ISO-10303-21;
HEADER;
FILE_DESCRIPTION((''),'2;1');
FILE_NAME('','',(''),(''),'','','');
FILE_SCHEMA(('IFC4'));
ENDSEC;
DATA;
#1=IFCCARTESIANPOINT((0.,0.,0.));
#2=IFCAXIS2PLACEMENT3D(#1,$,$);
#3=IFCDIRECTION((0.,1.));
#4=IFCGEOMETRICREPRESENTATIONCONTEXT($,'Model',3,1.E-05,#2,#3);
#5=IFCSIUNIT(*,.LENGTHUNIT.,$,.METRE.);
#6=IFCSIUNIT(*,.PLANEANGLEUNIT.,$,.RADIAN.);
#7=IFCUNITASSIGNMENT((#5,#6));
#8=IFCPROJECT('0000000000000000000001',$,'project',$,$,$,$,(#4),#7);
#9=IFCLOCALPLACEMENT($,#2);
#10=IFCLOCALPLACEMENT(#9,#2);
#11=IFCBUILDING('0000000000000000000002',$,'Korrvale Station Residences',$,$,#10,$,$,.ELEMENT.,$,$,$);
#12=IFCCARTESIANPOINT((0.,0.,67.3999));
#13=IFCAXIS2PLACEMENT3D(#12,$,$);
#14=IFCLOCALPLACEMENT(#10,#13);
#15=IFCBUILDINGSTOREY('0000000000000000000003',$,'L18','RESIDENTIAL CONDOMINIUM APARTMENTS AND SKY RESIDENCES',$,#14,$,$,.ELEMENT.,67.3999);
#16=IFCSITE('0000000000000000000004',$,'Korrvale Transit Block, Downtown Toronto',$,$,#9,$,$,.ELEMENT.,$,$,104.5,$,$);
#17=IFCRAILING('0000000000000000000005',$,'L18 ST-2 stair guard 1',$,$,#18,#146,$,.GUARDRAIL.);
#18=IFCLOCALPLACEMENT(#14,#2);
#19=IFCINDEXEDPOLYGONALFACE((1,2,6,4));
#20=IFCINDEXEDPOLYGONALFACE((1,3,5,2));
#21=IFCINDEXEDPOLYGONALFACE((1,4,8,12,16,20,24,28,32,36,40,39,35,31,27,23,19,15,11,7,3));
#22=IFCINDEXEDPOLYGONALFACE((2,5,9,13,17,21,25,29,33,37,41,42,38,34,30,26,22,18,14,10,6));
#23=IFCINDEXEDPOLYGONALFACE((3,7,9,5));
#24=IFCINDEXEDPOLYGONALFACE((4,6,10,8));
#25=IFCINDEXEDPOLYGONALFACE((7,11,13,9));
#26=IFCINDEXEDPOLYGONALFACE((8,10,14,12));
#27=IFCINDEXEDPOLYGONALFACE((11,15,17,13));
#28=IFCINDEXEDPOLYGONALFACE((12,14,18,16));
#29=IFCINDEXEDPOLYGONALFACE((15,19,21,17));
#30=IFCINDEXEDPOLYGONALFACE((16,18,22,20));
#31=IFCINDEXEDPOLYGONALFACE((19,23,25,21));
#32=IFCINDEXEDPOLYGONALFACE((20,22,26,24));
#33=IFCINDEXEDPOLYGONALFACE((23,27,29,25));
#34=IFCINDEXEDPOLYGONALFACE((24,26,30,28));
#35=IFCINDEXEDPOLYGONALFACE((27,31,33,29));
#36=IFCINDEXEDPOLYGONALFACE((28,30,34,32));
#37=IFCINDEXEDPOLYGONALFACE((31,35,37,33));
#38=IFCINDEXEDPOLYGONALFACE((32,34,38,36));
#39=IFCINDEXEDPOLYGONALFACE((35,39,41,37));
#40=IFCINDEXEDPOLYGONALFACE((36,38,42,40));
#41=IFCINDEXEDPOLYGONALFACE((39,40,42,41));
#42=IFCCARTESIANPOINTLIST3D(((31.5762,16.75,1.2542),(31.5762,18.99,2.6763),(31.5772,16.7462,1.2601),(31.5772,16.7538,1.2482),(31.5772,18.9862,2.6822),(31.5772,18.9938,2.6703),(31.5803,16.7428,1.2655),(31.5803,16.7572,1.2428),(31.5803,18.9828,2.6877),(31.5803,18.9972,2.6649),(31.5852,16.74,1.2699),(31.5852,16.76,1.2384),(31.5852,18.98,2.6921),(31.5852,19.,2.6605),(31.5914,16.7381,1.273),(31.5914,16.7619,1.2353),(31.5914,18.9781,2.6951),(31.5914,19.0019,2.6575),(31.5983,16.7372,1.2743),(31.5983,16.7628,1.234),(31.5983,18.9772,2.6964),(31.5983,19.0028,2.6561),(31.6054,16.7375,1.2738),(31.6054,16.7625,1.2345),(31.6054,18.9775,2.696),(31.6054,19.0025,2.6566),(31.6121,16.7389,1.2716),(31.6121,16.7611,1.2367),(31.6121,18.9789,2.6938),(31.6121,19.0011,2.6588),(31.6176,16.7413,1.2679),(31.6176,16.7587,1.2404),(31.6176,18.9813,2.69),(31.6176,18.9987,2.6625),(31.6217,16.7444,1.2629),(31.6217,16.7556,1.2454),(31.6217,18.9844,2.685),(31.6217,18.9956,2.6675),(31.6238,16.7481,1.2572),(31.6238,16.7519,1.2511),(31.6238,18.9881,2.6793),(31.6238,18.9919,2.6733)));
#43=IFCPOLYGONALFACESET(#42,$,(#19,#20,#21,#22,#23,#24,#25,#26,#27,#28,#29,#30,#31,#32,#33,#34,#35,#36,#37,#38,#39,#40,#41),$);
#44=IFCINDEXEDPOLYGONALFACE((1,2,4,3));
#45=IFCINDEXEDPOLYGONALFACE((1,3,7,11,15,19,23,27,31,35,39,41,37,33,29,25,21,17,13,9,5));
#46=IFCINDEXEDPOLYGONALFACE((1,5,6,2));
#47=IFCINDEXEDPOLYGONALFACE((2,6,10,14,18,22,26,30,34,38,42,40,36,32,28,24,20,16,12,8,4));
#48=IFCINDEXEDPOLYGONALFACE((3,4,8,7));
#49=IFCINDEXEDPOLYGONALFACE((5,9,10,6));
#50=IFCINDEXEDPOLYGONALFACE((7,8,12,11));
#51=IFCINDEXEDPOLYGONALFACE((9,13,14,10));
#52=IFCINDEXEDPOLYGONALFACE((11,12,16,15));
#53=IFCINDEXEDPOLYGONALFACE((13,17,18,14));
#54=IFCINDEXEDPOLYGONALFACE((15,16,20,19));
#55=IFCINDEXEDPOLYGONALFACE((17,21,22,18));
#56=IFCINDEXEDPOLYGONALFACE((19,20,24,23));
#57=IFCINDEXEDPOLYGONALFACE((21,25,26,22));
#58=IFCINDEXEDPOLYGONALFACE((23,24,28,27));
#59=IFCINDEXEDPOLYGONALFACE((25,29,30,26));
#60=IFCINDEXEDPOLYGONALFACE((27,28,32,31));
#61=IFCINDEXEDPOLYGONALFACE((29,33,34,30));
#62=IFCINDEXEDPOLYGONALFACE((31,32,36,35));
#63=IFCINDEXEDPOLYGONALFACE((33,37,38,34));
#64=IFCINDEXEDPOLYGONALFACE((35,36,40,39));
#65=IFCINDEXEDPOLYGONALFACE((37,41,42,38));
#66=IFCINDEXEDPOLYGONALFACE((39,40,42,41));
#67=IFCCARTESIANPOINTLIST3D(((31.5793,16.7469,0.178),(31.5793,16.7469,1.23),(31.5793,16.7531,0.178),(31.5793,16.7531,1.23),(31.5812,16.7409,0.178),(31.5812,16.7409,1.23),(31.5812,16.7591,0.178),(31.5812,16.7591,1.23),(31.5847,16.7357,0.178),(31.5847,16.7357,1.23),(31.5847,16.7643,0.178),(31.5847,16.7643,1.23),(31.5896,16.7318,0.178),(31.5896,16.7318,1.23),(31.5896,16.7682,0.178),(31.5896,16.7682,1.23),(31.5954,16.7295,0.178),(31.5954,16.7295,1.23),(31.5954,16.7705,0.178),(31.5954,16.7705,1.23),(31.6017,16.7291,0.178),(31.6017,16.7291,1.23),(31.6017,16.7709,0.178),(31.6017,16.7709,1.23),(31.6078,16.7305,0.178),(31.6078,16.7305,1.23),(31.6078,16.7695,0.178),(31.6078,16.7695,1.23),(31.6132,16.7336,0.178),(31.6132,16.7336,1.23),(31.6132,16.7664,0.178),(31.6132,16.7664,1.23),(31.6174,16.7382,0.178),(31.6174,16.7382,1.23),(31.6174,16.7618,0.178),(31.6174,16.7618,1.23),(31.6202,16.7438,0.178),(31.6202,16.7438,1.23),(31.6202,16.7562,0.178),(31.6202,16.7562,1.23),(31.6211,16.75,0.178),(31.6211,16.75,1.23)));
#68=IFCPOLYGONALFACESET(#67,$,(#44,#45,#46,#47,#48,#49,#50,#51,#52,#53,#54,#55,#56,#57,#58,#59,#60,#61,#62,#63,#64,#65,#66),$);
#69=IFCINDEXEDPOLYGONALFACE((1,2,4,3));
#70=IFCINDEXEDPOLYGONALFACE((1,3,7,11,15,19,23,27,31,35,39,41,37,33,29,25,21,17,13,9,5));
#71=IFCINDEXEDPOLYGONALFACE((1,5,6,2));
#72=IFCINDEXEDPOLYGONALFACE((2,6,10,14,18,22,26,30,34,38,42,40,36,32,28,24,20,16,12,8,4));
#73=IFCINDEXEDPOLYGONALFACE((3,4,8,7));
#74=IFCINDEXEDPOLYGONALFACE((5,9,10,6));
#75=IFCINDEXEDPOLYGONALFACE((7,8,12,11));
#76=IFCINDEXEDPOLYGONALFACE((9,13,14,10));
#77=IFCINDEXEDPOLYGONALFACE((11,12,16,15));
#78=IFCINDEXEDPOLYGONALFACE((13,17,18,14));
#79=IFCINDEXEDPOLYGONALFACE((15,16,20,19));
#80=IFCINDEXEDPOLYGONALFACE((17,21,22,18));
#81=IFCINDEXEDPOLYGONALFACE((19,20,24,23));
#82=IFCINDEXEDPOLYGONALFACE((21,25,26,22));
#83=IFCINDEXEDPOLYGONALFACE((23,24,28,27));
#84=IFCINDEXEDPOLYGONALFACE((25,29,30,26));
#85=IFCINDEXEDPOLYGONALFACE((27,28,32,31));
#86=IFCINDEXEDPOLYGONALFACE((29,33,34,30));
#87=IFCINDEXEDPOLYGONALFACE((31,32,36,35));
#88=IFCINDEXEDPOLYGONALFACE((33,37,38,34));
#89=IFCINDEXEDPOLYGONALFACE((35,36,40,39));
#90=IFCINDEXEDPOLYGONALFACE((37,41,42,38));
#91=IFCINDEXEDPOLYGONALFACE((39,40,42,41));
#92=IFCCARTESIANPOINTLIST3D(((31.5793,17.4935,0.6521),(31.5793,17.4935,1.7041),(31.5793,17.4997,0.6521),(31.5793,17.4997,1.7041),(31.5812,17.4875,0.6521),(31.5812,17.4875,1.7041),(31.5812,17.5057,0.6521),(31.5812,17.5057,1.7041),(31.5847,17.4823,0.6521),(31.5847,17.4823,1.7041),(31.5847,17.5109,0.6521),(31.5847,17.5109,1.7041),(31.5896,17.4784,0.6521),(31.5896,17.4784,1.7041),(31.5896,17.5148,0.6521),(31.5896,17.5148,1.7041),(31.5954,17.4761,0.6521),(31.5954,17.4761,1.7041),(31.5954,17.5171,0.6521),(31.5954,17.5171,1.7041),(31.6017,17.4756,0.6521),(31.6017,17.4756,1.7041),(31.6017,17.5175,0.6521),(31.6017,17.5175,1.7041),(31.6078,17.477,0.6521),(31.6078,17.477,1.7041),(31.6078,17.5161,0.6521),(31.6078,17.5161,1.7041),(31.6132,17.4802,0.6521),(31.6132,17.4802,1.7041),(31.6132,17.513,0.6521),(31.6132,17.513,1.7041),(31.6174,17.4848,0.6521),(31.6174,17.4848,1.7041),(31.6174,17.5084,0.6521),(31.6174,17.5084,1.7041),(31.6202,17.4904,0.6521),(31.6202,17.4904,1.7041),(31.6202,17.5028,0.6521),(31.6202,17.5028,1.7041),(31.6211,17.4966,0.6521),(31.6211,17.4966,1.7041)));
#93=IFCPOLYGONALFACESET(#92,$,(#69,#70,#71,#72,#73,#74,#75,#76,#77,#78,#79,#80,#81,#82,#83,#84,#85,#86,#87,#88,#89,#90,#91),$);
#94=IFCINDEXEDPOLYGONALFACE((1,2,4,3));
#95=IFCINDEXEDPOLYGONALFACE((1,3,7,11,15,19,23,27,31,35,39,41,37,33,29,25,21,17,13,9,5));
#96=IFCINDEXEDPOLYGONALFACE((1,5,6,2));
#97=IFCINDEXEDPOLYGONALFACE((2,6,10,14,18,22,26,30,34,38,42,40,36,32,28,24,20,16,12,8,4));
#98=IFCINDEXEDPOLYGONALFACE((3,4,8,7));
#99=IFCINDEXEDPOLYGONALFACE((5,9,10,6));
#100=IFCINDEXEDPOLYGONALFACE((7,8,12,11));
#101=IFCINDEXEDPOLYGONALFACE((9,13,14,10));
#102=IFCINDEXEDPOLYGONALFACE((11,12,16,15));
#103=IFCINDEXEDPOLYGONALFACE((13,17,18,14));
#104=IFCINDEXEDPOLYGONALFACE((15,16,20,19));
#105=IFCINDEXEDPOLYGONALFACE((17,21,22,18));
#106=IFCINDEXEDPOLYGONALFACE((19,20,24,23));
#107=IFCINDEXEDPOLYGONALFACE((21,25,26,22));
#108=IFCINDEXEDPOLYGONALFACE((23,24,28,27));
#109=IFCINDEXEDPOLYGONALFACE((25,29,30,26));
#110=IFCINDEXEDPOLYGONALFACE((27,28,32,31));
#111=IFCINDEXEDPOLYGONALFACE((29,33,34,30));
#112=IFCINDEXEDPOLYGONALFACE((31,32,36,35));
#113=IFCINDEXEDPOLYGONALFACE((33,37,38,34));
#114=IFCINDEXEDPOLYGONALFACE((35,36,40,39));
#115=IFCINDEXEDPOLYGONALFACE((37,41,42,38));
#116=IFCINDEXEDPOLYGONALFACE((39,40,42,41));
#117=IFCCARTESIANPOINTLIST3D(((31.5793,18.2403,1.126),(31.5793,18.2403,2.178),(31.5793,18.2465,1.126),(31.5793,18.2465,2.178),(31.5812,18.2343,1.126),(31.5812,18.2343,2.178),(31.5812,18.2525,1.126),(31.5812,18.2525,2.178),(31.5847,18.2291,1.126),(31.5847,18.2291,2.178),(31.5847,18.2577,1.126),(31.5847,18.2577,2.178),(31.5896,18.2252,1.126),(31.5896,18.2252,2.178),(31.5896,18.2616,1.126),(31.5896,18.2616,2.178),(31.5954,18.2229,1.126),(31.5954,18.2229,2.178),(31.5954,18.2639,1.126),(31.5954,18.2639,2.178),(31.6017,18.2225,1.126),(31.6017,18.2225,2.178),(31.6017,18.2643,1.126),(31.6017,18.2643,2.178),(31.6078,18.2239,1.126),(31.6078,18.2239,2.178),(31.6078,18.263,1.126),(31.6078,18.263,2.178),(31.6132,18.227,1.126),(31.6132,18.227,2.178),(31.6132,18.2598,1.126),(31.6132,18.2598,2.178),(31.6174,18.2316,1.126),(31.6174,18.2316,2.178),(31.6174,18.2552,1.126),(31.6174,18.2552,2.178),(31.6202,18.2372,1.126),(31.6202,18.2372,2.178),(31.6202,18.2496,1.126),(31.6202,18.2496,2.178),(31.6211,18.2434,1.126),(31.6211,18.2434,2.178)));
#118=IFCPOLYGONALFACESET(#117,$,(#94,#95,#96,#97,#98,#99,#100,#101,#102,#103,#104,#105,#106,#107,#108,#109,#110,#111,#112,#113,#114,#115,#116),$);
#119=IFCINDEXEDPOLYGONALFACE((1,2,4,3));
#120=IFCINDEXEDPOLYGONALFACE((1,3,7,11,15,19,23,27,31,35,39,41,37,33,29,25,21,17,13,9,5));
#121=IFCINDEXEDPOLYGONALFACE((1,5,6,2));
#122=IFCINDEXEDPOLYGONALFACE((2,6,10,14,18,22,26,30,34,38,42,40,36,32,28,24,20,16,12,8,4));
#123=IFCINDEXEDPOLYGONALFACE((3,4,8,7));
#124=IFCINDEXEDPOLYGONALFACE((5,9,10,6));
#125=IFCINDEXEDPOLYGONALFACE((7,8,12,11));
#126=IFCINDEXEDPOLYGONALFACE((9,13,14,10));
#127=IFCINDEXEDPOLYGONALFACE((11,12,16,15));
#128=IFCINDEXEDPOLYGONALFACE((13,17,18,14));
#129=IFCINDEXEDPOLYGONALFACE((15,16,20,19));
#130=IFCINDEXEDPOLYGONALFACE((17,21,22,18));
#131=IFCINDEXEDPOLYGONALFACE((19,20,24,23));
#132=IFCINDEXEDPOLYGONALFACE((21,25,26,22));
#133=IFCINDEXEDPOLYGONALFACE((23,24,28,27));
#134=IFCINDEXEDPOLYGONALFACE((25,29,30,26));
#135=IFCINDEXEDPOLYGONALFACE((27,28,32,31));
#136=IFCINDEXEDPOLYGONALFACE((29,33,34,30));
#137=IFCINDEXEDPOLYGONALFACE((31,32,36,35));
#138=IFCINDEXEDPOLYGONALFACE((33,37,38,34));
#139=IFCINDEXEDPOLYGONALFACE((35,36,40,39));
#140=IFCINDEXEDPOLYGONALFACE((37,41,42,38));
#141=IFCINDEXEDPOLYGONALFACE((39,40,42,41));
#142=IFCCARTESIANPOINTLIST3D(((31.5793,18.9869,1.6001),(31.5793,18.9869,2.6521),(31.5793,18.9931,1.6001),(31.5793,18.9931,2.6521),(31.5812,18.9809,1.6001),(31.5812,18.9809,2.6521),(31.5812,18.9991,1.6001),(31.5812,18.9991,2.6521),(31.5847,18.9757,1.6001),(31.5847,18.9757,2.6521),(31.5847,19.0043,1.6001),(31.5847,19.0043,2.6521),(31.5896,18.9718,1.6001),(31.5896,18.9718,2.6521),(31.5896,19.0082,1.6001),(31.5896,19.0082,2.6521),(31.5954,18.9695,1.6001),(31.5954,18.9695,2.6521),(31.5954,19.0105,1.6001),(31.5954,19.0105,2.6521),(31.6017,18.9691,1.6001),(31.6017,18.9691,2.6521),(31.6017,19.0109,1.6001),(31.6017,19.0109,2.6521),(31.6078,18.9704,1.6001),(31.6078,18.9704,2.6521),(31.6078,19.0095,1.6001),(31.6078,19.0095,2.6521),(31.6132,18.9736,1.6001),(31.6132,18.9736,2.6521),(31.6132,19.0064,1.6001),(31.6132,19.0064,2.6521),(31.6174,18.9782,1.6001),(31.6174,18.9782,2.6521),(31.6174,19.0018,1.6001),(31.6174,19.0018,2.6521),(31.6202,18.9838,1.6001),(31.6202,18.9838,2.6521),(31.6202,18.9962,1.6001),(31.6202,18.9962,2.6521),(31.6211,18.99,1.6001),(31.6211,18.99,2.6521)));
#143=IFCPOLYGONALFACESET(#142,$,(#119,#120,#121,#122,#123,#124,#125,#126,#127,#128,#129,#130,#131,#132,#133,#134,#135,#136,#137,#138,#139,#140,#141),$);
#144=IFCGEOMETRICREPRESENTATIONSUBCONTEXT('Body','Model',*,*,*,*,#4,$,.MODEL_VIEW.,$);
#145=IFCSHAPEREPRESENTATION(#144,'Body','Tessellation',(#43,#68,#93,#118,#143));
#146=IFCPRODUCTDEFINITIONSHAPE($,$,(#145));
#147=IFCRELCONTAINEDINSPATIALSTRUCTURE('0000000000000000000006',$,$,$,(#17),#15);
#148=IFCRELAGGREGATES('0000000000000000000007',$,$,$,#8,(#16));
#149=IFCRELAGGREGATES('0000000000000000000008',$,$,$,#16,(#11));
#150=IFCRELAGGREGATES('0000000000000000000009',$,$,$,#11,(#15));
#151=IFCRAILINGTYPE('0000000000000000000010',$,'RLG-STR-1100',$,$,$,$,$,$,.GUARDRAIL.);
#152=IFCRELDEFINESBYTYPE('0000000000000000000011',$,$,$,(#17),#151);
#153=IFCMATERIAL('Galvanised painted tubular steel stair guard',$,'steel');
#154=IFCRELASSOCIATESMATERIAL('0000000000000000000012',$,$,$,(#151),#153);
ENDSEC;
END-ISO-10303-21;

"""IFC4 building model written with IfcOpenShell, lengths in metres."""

from ifc_helpers import new_model, si_unit, direction, frame, origin, origin_2d, place, context, subcontext, project, spatial, circle, extrude, material, type_object, element, save


model = new_model("IFC4")

# Units and contexts
model_context = context("Model", 3, precision=1e-05, world=origin(), true_north=direction((0.0, 1.0)))
body_context = subcontext(model_context, "Body", "Model", "MODEL_VIEW")
ifc_project = project(units=[si_unit("LENGTHUNIT", "METRE"), si_unit("PLANEANGLEUNIT", "RADIAN")], contexts=[model_context])

# Site, building, storey
site_placement = place(None, origin())
site = spatial("IfcSite", under=ifc_project, at=site_placement, Name="Korrvale Transit Block, Downtown Toronto", CompositionType="ELEMENT", RefElevation=104.5)
building_placement = place(site_placement, origin())
building = spatial("IfcBuilding", under=site, at=building_placement, Name="Korrvale Station Residences", CompositionType="ELEMENT")
storey_placement = place(building_placement, frame((0.0, 0.0, 67.3999)))
storey = spatial("IfcBuildingStorey", under=building, at=storey_placement, Name="L18", Description="RESIDENTIAL CONDOMINIUM APARTMENTS AND SKY RESIDENCES", CompositionType="ELEMENT", Elevation=67.3999)

# Railing
ifc_material_1 = material(Name="Galvanised painted tubular steel stair guard", Category="steel")
railing_type_1 = type_object("IfcRailingType", Name="RLG-STR-1100", PredefinedType="GUARDRAIL", material=ifc_material_1)
railing_1_placement = place(storey_placement, frame((31.6001, 16.75, 0.178)))
element("IfcRailing", 1, at=railing_1_placement, inside=storey, type_object=railing_type_1, Name="L18 ST-2 stair guard 1", PredefinedType="GUARDRAIL", context=body_context, shape_type="SweptSolid", body=[
    extrude(circle(Radius=0.0239, at=origin_2d()), frame((0.0, 0.0, 1.0762), z_axis=(0.0, 0.844229, 0.535982), x_axis=(-1.0, 0.0, 0.0)), (0.0, 0.0, 1.0), 2.6533),
    extrude(circle(Radius=0.021, at=origin_2d()), origin(), (0.0, 0.0, 1.0), 1.052),
    extrude(circle(Radius=0.021, at=origin_2d()), frame((0.0, 0.7466, 0.4741)), (0.0, 0.0, 1.0), 1.052),
    extrude(circle(Radius=0.021, at=origin_2d()), frame((0.0, 1.4934, 0.948)), (0.0, 0.0, 1.0), 1.052),
    extrude(circle(Radius=0.021, at=origin_2d()), frame((0.0, 2.24, 1.4221)), (0.0, 0.0, 1.0), 1.052),
])

save(model, "model.ifc")
